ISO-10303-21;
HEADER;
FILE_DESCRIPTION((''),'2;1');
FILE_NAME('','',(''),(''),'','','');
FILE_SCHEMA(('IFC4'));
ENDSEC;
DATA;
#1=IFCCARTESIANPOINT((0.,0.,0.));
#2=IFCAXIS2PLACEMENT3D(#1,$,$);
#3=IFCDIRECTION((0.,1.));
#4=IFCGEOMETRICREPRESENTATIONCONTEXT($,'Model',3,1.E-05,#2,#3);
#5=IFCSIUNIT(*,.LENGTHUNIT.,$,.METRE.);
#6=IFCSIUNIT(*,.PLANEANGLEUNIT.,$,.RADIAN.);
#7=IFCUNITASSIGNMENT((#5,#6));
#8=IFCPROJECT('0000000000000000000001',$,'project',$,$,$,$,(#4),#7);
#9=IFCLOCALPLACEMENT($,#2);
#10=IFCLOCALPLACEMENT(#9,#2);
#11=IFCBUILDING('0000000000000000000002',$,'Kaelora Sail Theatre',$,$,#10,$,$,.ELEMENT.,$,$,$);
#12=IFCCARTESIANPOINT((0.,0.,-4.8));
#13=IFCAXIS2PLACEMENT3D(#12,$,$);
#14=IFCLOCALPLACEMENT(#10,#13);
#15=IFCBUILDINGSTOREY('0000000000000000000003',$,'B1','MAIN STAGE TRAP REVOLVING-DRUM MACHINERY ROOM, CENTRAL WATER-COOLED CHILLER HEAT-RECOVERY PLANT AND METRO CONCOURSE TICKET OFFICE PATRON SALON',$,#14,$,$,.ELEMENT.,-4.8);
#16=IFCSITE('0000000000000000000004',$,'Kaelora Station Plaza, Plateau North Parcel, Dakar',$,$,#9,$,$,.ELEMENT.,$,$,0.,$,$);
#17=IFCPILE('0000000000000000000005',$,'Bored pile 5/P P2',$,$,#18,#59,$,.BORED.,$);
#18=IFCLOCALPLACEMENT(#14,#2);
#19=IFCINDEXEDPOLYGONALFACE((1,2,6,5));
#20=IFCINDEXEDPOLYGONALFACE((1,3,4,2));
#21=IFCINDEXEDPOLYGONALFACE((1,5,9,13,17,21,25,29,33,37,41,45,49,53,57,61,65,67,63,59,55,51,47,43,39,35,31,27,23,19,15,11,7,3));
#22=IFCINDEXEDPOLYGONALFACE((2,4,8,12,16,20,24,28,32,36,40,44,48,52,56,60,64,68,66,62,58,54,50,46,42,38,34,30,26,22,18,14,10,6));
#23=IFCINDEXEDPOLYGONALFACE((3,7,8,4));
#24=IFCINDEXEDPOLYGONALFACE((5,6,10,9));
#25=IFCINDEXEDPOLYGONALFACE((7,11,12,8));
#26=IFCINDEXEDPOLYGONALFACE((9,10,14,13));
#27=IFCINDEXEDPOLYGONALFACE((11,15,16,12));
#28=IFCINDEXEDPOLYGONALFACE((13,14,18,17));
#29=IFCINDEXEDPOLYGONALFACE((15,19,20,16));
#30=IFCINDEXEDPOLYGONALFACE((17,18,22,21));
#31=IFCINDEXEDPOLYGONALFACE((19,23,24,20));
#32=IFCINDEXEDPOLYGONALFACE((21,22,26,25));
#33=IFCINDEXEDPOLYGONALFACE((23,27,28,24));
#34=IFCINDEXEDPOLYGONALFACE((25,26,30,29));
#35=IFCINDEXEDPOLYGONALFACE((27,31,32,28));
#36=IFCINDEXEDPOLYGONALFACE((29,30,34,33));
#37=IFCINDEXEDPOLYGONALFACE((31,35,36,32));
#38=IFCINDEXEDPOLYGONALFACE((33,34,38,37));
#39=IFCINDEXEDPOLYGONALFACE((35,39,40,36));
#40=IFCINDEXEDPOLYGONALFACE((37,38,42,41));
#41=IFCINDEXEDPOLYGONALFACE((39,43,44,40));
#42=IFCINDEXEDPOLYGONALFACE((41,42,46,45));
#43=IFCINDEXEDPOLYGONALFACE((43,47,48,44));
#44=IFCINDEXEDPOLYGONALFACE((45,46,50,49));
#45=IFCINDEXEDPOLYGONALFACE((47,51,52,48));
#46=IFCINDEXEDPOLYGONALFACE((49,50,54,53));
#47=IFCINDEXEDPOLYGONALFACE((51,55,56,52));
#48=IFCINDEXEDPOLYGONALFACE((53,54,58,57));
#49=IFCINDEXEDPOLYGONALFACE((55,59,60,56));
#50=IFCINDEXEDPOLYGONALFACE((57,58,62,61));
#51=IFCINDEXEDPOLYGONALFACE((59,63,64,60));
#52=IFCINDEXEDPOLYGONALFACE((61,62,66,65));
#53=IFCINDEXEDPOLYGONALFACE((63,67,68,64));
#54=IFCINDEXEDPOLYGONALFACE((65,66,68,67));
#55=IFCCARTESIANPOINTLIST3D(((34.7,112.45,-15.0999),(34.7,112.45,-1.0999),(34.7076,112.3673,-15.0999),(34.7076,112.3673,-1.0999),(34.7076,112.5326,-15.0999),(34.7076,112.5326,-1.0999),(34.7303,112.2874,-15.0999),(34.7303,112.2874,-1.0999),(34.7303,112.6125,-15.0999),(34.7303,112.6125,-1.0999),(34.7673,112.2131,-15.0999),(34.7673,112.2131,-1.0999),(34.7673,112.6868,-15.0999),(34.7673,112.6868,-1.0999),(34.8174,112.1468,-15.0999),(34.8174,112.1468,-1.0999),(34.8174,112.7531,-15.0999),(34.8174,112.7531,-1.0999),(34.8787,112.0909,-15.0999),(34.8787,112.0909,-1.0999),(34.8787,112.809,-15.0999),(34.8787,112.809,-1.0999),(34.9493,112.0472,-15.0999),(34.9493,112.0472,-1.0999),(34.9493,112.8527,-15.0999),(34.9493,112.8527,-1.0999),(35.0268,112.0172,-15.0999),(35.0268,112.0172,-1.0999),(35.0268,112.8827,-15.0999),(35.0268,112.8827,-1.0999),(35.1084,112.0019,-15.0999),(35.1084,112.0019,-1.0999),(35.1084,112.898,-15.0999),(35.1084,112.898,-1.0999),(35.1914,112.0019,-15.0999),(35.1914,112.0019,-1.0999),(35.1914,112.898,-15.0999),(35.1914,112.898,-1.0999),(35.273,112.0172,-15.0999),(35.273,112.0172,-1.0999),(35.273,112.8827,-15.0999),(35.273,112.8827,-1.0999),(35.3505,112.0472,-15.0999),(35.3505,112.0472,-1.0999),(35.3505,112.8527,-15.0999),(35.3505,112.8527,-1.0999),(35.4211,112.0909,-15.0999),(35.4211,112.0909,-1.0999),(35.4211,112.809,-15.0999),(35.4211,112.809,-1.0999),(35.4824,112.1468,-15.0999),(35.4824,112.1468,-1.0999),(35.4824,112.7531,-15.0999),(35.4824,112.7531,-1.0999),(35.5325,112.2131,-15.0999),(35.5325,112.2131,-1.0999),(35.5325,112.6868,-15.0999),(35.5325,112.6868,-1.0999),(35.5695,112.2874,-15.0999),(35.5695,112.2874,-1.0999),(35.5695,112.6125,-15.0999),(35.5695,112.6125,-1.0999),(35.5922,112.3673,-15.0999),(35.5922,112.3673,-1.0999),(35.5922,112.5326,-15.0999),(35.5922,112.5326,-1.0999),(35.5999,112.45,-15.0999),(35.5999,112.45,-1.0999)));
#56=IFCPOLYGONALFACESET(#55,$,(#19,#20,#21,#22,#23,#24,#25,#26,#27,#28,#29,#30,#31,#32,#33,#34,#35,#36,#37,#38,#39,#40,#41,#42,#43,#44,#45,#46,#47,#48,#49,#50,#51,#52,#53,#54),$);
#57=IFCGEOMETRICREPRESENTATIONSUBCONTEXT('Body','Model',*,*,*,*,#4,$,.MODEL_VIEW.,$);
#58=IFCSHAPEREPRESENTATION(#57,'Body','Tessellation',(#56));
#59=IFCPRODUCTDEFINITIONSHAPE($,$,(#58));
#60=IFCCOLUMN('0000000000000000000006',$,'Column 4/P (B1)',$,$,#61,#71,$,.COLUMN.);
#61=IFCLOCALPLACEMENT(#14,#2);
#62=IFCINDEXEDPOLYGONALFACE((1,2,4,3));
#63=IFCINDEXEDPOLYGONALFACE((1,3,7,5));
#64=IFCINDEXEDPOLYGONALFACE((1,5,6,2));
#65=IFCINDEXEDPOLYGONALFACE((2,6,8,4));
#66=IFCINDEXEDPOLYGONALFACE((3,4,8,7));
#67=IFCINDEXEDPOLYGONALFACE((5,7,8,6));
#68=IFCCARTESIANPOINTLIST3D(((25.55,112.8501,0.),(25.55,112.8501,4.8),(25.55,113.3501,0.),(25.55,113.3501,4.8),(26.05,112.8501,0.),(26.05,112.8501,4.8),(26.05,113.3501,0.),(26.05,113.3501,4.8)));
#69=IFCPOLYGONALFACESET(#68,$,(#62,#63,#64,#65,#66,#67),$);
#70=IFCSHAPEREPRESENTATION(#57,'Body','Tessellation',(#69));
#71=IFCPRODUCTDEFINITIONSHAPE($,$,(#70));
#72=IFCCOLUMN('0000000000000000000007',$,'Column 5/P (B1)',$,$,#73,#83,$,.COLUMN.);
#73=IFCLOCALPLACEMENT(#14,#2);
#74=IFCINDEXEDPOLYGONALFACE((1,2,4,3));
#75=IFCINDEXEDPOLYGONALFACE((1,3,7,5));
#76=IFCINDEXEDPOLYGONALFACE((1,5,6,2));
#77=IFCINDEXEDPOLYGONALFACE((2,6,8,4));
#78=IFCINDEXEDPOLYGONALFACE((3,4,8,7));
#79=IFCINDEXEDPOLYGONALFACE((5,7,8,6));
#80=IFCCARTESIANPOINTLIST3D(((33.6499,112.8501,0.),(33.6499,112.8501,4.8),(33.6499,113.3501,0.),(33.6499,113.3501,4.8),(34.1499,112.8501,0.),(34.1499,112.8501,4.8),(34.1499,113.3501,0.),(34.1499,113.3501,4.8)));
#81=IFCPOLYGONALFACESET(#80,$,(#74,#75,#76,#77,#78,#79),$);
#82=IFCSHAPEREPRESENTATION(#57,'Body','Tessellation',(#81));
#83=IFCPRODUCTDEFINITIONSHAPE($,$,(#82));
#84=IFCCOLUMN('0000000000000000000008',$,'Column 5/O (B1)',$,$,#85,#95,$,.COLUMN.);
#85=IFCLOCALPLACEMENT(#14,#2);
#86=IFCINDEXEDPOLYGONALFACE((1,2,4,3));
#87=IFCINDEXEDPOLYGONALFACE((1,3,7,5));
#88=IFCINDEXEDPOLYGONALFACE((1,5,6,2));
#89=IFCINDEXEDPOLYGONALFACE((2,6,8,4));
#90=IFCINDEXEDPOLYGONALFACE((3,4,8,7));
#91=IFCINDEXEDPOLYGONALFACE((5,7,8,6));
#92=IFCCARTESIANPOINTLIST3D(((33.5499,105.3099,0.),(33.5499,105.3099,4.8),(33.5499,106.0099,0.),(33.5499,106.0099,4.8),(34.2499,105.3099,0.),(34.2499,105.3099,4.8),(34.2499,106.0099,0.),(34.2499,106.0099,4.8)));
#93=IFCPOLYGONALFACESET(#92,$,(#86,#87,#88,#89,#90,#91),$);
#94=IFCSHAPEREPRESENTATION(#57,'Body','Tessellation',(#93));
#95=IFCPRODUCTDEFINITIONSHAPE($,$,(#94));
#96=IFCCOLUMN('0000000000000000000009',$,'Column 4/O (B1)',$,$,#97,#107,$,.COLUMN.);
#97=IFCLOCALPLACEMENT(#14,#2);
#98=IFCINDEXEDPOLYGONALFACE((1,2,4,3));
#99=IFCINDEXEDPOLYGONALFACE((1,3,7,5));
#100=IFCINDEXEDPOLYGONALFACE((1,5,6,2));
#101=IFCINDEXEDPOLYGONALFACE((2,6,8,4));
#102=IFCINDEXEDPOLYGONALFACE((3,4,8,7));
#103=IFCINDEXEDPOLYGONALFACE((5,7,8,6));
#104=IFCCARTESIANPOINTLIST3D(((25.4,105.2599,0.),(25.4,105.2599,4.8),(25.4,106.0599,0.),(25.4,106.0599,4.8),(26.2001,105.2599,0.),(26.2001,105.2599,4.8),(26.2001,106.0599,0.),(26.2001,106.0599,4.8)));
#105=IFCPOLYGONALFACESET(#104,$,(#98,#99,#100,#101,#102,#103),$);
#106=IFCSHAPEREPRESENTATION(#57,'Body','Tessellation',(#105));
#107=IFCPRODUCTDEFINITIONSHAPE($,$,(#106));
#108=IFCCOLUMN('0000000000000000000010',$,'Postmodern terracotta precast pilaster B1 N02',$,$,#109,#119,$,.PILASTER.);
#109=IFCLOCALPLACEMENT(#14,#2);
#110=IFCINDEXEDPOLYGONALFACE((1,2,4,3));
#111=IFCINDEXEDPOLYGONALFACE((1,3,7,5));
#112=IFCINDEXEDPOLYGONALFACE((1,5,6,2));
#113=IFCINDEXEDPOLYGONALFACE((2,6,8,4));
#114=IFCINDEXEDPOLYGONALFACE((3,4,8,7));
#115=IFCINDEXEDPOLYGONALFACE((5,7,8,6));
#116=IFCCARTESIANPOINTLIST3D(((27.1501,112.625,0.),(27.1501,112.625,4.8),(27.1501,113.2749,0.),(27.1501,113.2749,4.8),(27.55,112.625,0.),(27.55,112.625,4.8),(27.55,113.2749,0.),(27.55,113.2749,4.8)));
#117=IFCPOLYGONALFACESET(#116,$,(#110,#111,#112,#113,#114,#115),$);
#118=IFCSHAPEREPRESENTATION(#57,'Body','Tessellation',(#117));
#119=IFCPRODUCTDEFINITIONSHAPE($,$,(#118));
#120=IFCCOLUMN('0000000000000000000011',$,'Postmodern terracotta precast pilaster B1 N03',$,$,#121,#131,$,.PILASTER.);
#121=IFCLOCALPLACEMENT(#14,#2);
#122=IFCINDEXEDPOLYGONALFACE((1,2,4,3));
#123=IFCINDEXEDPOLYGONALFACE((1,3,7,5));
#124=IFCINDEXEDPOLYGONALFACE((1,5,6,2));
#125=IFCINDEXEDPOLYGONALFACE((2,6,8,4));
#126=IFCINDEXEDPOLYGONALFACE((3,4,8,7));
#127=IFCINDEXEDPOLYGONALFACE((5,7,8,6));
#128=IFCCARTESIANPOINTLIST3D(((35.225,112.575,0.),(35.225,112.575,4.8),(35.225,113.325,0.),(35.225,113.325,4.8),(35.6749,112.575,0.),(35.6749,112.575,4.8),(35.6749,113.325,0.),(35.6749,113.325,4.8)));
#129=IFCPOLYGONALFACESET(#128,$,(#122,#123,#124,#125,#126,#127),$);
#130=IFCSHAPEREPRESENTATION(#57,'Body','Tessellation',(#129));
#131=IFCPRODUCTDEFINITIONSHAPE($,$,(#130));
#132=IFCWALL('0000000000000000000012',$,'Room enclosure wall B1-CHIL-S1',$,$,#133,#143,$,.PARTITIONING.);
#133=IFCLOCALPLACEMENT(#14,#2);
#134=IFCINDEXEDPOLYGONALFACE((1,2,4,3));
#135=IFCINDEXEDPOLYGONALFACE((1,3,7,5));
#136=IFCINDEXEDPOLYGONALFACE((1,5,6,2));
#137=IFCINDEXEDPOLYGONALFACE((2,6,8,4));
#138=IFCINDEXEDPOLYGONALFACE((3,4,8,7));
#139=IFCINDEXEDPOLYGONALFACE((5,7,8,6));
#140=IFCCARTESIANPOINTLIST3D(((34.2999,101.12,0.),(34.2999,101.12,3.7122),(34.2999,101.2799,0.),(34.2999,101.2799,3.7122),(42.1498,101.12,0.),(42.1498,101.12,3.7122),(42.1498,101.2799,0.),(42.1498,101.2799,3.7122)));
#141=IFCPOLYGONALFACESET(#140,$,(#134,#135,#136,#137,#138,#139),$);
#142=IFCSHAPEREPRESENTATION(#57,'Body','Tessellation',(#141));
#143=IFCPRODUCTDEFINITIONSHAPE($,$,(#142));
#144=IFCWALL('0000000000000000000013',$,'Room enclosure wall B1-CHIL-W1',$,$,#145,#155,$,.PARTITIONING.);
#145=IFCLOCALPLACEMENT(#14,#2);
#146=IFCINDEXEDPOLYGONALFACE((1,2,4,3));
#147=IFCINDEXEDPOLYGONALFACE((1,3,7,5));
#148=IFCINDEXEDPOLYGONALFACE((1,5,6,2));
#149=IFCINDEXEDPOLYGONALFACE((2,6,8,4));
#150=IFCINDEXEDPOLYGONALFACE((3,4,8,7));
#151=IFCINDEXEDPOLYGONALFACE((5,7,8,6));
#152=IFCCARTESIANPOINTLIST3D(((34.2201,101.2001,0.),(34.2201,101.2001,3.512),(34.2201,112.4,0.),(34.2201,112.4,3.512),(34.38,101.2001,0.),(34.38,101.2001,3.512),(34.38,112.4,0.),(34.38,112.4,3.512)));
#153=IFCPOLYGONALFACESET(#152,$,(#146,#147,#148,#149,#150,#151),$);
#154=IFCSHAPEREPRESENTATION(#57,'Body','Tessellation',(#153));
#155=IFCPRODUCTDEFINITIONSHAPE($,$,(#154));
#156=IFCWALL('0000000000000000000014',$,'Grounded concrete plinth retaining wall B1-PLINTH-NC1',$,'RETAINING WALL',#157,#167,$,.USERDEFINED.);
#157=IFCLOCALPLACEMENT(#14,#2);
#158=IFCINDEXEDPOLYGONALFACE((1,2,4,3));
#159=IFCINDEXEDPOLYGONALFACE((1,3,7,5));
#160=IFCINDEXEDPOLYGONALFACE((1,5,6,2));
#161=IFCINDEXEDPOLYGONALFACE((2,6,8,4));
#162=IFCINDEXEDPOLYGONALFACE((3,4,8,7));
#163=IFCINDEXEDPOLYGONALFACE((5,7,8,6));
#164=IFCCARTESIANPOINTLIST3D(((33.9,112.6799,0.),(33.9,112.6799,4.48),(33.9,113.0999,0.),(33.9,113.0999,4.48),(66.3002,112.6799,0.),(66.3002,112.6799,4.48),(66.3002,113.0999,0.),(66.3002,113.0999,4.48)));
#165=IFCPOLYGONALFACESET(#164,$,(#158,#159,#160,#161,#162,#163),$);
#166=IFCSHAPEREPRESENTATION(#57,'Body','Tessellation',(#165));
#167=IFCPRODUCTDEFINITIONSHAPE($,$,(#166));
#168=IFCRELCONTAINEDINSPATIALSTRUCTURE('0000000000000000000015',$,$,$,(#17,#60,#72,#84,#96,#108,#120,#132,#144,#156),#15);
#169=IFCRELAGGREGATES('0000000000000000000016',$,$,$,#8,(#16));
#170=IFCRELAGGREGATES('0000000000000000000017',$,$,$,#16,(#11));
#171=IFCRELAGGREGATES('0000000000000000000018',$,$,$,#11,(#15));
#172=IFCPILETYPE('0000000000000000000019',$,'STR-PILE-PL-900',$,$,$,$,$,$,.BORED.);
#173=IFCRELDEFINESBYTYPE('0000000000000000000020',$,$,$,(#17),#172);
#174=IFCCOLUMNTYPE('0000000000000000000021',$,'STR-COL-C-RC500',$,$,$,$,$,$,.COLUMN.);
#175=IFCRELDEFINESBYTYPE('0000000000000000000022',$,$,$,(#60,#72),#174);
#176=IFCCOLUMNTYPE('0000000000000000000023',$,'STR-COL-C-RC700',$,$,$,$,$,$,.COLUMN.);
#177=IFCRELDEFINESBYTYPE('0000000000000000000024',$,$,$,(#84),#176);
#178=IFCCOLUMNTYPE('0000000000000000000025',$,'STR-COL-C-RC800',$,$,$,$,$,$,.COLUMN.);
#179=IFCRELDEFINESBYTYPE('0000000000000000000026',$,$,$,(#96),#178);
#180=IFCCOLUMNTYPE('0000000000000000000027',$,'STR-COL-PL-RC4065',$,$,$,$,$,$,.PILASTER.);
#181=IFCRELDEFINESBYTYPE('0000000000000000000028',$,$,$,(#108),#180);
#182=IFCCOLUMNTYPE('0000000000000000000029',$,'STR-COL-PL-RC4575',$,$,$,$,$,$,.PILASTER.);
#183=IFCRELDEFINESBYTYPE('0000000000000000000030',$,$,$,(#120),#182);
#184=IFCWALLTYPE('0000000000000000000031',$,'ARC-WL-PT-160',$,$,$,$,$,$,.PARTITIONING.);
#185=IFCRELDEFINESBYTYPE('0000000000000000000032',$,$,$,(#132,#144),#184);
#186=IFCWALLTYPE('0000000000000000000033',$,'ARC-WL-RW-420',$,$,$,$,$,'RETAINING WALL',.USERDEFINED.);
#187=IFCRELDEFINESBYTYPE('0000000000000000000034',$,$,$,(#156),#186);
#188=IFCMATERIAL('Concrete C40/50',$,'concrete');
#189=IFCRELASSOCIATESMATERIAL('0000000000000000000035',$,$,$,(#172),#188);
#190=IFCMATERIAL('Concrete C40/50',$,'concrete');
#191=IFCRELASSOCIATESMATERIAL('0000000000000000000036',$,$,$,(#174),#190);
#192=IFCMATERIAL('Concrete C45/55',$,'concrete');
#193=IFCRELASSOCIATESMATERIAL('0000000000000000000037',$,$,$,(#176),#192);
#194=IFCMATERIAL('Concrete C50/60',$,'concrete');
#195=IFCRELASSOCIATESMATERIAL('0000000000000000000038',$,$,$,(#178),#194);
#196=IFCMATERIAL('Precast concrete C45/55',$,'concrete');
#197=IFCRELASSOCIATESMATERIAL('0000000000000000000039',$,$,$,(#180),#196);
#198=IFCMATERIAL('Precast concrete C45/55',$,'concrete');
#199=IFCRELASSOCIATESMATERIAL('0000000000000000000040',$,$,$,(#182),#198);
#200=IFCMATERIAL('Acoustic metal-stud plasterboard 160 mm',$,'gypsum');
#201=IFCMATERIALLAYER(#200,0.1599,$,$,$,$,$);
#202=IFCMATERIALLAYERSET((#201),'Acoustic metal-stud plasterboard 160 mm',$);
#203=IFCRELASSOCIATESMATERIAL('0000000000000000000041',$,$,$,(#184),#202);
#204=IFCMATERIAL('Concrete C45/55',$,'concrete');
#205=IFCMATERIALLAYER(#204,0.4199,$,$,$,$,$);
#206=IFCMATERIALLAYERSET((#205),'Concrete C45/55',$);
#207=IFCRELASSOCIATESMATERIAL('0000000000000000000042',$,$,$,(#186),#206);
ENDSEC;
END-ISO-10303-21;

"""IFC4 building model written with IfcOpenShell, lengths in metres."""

from ifc_helpers import new_model, si_unit, direction, frame, frame_2d, origin, origin_2d, place, context, subcontext, project, spatial, rectangle, circle, extrude, material, layer, layer_set, material_profile, profile_set, type_object, element, save


model = new_model("IFC4")

# Units and contexts
model_context = context("Model", 3, precision=1e-05, world=origin(), true_north=direction((0.0, 1.0)))
body_context = subcontext(model_context, "Body", "Model", "MODEL_VIEW")
ifc_project = project(units=[si_unit("LENGTHUNIT", "METRE"), si_unit("PLANEANGLEUNIT", "RADIAN")], contexts=[model_context])

# Site, building, storey
site_placement = place(None, origin())
site = spatial("IfcSite", under=ifc_project, at=site_placement, Name="Kaelora Station Plaza, Plateau North Parcel, Dakar", CompositionType="ELEMENT", RefElevation=0.0)
building_placement = place(site_placement, origin())
building = spatial("IfcBuilding", under=site, at=building_placement, Name="Kaelora Sail Theatre", CompositionType="ELEMENT")
storey_placement = place(building_placement, frame((0.0, 0.0, -4.8)))
storey = spatial("IfcBuildingStorey", under=building, at=storey_placement, Name="B1", Description="MAIN STAGE TRAP REVOLVING-DRUM MACHINERY ROOM, CENTRAL WATER-COOLED CHILLER HEAT-RECOVERY PLANT AND METRO CONCOURSE TICKET OFFICE PATRON SALON", CompositionType="ELEMENT", Elevation=-4.8)

# Pile
ifc_material_1 = material(Name="Concrete C40/50", Category="concrete")
ifc_material_profile_1 = material_profile(ifc_material_1, circle(Radius=0.45, at=origin_2d()), Name="PILE D900")
ifc_profile_set_1 = profile_set([ifc_material_profile_1], Name="Concrete C40/50")
pile_type_1 = type_object("IfcPileType", Name="STR-PILE-PL-900", PredefinedType="BORED", material=ifc_profile_set_1)
for number, where, z_axis, x_axis, name in (
    (1, (35.1499, 112.45, -1.0999), (0.0, 0.0, -1.0), (1.0, 0.0, 0.0), "Bored pile 5/P P2"),
):
    element("IfcPile", number, at=place(storey_placement, frame(where, z_axis=z_axis, x_axis=x_axis)), inside=storey, type_object=pile_type_1, Name=name, PredefinedType="BORED", context=body_context, shape_type="SweptSolid", body=[
        extrude(circle(Radius=0.45, at=origin_2d()), origin(), (0.0, 0.0, 1.0), 14.0),
    ])

# Columns
ifc_material_2 = material(Name="Concrete C40/50", Category="concrete")
ifc_material_profile_2 = material_profile(ifc_material_2, rectangle(XDim=0.5, YDim=0.5, at=origin_2d()), Name="RC-COL 500x500")
ifc_profile_set_2 = profile_set([ifc_material_profile_2], Name="Concrete C40/50")
column_type_1 = type_object("IfcColumnType", Name="STR-COL-C-RC500", PredefinedType="COLUMN", material=ifc_profile_set_2)
for number, where, z_axis, x_axis, name in (
    (2, (25.8, 113.1001, 0.0), (0.0, 0.0, 1.0), (1.0, 0.0, 0.0), "Column 4/P (B1)"),
    (3, (33.8999, 113.1001, 0.0), (0.0, 0.0, 1.0), (1.0, 0.0, 0.0), "Column 5/P (B1)"),
):
    element("IfcColumn", number, at=place(storey_placement, frame(where, z_axis=z_axis, x_axis=x_axis)), inside=storey, type_object=column_type_1, Name=name, PredefinedType="COLUMN", context=body_context, shape_type="SweptSolid", body=[
        extrude(rectangle(XDim=0.5, YDim=0.5, at=origin_2d()), origin(), (0.0, 0.0, 1.0), 4.8),
    ])
ifc_material_3 = material(Name="Concrete C45/55", Category="concrete")
ifc_material_profile_3 = material_profile(ifc_material_3, rectangle(XDim=0.7, YDim=0.7, at=origin_2d()), Name="RC-COL 700x700")
ifc_profile_set_3 = profile_set([ifc_material_profile_3], Name="Concrete C45/55")
column_type_2 = type_object("IfcColumnType", Name="STR-COL-C-RC700", PredefinedType="COLUMN", material=ifc_profile_set_3)
column_1_placement = place(storey_placement, frame((33.8999, 105.6599, 0.0), z_axis=(0.0, 0.0, 1.0), x_axis=(1.0, 0.0, 0.0)))
element("IfcColumn", 4, at=column_1_placement, inside=storey, type_object=column_type_2, Name="Column 5/O (B1)", PredefinedType="COLUMN", context=body_context, shape_type="SweptSolid", body=[
    extrude(rectangle(XDim=0.7, YDim=0.7, at=origin_2d()), origin(), (0.0, 0.0, 1.0), 4.8),
])
ifc_material_4 = material(Name="Concrete C50/60", Category="concrete")
ifc_material_profile_4 = material_profile(ifc_material_4, rectangle(XDim=0.8, YDim=0.8, at=origin_2d()), Name="RC-COL 800x800")
ifc_profile_set_4 = profile_set([ifc_material_profile_4], Name="Concrete C50/60")
column_type_3 = type_object("IfcColumnType", Name="STR-COL-C-RC800", PredefinedType="COLUMN", material=ifc_profile_set_4)
column_2_placement = place(storey_placement, frame((25.8, 105.6599, 0.0), z_axis=(0.0, 0.0, 1.0), x_axis=(1.0, 0.0, 0.0)))
element("IfcColumn", 5, at=column_2_placement, inside=storey, type_object=column_type_3, Name="Column 4/O (B1)", PredefinedType="COLUMN", context=body_context, shape_type="SweptSolid", body=[
    extrude(rectangle(XDim=0.8, YDim=0.8, at=origin_2d()), origin(), (0.0, 0.0, 1.0), 4.8),
])
ifc_material_5 = material(Name="Precast concrete C45/55", Category="concrete")
ifc_material_profile_5 = material_profile(ifc_material_5, rectangle(XDim=0.3999, YDim=0.6499, at=origin_2d()), Name="RC-PIL 400x650")
ifc_profile_set_5 = profile_set([ifc_material_profile_5], Name="Precast concrete C45/55")
column_type_4 = type_object("IfcColumnType", Name="STR-COL-PL-RC4065", PredefinedType="PILASTER", material=ifc_profile_set_5)
column_3_placement = place(storey_placement, frame((27.3501, 112.95, 0.0), z_axis=(0.0, 0.0, 1.0), x_axis=(1.0, 0.0, 0.0)))
element("IfcColumn", 6, at=column_3_placement, inside=storey, type_object=column_type_4, Name="Postmodern terracotta precast pilaster B1 N02", PredefinedType="PILASTER", context=body_context, shape_type="SweptSolid", body=[
    extrude(rectangle(XDim=0.3999, YDim=0.6499, at=origin_2d()), origin(), (0.0, 0.0, 1.0), 4.8),
])
ifc_material_6 = material(Name="Precast concrete C45/55", Category="concrete")
ifc_material_profile_6 = material_profile(ifc_material_6, rectangle(XDim=0.45, YDim=0.75, at=origin_2d()), Name="RC-PIL 450x750")
ifc_profile_set_6 = profile_set([ifc_material_profile_6], Name="Precast concrete C45/55")
column_type_5 = type_object("IfcColumnType", Name="STR-COL-PL-RC4575", PredefinedType="PILASTER", material=ifc_profile_set_6)
column_4_placement = place(storey_placement, frame((35.45, 112.95, 0.0), z_axis=(0.0, 0.0, 1.0), x_axis=(1.0, 0.0, 0.0)))
element("IfcColumn", 7, at=column_4_placement, inside=storey, type_object=column_type_5, Name="Postmodern terracotta precast pilaster B1 N03", PredefinedType="PILASTER", context=body_context, shape_type="SweptSolid", body=[
    extrude(rectangle(XDim=0.45, YDim=0.75, at=origin_2d()), origin(), (0.0, 0.0, 1.0), 4.8),
])

# Walls
ifc_material_7 = material(Name="Acoustic metal-stud plasterboard 160 mm", Category="gypsum")
ifc_layer_1 = layer(ifc_material_7, 0.1599)
ifc_layer_set_1 = layer_set([ifc_layer_1], Name="Acoustic metal-stud plasterboard 160 mm")
wall_type_1 = type_object("IfcWallType", Name="ARC-WL-PT-160", PredefinedType="PARTITIONING", material=ifc_layer_set_1)
wall_1_placement = place(storey_placement, frame((34.3, 101.2, 0.0), z_axis=(0.0, 0.0, 1.0), x_axis=(1.0, 0.0, 0.0)))
element("IfcWall", 8, at=wall_1_placement, inside=storey, type_object=wall_type_1, Name="Room enclosure wall B1-CHIL-S1", PredefinedType="PARTITIONING", context=body_context, shape_type="SweptSolid", body=[
    extrude(rectangle(XDim=7.8499, YDim=0.1599, at=frame_2d((3.9248, 0.0))), origin(), (0.0, 0.0, 1.0), 3.7122),
])
wall_2_placement = place(storey_placement, frame((34.3, 101.2, 0.0), z_axis=(0.0, 0.0, 1.0), x_axis=(0.0, 1.0, 0.0)))
element("IfcWall", 9, at=wall_2_placement, inside=storey, type_object=wall_type_1, Name="Room enclosure wall B1-CHIL-W1", PredefinedType="PARTITIONING", context=body_context, shape_type="SweptSolid", body=[
    extrude(rectangle(XDim=11.2, YDim=0.1599, at=frame_2d((5.6001, 0.0))), origin(), (0.0, 0.0, 1.0), 3.512),
])
ifc_material_8 = material(Name="Concrete C45/55", Category="concrete")
ifc_layer_2 = layer(ifc_material_8, 0.4199)
ifc_layer_set_2 = layer_set([ifc_layer_2], Name="Concrete C45/55")
wall_type_2 = type_object("IfcWallType", Name="ARC-WL-RW-420", ElementType="RETAINING WALL", PredefinedType="USERDEFINED", material=ifc_layer_set_2)
wall_3_placement = place(storey_placement, frame((33.8999, 112.8899, 0.0), z_axis=(0.0, 0.0, 1.0), x_axis=(1.0, 0.0, 0.0)))
element("IfcWall", 10, at=wall_3_placement, inside=storey, type_object=wall_type_2, Name="Grounded concrete plinth retaining wall B1-PLINTH-NC1", ObjectType="RETAINING WALL", PredefinedType="USERDEFINED", context=body_context, shape_type="SweptSolid", body=[
    extrude(rectangle(XDim=32.4001, YDim=0.4199, at=frame_2d((16.2002, 0.0))), origin(), (0.0, 0.0, 1.0), 4.48),
])

save(model, "model.ifc")
